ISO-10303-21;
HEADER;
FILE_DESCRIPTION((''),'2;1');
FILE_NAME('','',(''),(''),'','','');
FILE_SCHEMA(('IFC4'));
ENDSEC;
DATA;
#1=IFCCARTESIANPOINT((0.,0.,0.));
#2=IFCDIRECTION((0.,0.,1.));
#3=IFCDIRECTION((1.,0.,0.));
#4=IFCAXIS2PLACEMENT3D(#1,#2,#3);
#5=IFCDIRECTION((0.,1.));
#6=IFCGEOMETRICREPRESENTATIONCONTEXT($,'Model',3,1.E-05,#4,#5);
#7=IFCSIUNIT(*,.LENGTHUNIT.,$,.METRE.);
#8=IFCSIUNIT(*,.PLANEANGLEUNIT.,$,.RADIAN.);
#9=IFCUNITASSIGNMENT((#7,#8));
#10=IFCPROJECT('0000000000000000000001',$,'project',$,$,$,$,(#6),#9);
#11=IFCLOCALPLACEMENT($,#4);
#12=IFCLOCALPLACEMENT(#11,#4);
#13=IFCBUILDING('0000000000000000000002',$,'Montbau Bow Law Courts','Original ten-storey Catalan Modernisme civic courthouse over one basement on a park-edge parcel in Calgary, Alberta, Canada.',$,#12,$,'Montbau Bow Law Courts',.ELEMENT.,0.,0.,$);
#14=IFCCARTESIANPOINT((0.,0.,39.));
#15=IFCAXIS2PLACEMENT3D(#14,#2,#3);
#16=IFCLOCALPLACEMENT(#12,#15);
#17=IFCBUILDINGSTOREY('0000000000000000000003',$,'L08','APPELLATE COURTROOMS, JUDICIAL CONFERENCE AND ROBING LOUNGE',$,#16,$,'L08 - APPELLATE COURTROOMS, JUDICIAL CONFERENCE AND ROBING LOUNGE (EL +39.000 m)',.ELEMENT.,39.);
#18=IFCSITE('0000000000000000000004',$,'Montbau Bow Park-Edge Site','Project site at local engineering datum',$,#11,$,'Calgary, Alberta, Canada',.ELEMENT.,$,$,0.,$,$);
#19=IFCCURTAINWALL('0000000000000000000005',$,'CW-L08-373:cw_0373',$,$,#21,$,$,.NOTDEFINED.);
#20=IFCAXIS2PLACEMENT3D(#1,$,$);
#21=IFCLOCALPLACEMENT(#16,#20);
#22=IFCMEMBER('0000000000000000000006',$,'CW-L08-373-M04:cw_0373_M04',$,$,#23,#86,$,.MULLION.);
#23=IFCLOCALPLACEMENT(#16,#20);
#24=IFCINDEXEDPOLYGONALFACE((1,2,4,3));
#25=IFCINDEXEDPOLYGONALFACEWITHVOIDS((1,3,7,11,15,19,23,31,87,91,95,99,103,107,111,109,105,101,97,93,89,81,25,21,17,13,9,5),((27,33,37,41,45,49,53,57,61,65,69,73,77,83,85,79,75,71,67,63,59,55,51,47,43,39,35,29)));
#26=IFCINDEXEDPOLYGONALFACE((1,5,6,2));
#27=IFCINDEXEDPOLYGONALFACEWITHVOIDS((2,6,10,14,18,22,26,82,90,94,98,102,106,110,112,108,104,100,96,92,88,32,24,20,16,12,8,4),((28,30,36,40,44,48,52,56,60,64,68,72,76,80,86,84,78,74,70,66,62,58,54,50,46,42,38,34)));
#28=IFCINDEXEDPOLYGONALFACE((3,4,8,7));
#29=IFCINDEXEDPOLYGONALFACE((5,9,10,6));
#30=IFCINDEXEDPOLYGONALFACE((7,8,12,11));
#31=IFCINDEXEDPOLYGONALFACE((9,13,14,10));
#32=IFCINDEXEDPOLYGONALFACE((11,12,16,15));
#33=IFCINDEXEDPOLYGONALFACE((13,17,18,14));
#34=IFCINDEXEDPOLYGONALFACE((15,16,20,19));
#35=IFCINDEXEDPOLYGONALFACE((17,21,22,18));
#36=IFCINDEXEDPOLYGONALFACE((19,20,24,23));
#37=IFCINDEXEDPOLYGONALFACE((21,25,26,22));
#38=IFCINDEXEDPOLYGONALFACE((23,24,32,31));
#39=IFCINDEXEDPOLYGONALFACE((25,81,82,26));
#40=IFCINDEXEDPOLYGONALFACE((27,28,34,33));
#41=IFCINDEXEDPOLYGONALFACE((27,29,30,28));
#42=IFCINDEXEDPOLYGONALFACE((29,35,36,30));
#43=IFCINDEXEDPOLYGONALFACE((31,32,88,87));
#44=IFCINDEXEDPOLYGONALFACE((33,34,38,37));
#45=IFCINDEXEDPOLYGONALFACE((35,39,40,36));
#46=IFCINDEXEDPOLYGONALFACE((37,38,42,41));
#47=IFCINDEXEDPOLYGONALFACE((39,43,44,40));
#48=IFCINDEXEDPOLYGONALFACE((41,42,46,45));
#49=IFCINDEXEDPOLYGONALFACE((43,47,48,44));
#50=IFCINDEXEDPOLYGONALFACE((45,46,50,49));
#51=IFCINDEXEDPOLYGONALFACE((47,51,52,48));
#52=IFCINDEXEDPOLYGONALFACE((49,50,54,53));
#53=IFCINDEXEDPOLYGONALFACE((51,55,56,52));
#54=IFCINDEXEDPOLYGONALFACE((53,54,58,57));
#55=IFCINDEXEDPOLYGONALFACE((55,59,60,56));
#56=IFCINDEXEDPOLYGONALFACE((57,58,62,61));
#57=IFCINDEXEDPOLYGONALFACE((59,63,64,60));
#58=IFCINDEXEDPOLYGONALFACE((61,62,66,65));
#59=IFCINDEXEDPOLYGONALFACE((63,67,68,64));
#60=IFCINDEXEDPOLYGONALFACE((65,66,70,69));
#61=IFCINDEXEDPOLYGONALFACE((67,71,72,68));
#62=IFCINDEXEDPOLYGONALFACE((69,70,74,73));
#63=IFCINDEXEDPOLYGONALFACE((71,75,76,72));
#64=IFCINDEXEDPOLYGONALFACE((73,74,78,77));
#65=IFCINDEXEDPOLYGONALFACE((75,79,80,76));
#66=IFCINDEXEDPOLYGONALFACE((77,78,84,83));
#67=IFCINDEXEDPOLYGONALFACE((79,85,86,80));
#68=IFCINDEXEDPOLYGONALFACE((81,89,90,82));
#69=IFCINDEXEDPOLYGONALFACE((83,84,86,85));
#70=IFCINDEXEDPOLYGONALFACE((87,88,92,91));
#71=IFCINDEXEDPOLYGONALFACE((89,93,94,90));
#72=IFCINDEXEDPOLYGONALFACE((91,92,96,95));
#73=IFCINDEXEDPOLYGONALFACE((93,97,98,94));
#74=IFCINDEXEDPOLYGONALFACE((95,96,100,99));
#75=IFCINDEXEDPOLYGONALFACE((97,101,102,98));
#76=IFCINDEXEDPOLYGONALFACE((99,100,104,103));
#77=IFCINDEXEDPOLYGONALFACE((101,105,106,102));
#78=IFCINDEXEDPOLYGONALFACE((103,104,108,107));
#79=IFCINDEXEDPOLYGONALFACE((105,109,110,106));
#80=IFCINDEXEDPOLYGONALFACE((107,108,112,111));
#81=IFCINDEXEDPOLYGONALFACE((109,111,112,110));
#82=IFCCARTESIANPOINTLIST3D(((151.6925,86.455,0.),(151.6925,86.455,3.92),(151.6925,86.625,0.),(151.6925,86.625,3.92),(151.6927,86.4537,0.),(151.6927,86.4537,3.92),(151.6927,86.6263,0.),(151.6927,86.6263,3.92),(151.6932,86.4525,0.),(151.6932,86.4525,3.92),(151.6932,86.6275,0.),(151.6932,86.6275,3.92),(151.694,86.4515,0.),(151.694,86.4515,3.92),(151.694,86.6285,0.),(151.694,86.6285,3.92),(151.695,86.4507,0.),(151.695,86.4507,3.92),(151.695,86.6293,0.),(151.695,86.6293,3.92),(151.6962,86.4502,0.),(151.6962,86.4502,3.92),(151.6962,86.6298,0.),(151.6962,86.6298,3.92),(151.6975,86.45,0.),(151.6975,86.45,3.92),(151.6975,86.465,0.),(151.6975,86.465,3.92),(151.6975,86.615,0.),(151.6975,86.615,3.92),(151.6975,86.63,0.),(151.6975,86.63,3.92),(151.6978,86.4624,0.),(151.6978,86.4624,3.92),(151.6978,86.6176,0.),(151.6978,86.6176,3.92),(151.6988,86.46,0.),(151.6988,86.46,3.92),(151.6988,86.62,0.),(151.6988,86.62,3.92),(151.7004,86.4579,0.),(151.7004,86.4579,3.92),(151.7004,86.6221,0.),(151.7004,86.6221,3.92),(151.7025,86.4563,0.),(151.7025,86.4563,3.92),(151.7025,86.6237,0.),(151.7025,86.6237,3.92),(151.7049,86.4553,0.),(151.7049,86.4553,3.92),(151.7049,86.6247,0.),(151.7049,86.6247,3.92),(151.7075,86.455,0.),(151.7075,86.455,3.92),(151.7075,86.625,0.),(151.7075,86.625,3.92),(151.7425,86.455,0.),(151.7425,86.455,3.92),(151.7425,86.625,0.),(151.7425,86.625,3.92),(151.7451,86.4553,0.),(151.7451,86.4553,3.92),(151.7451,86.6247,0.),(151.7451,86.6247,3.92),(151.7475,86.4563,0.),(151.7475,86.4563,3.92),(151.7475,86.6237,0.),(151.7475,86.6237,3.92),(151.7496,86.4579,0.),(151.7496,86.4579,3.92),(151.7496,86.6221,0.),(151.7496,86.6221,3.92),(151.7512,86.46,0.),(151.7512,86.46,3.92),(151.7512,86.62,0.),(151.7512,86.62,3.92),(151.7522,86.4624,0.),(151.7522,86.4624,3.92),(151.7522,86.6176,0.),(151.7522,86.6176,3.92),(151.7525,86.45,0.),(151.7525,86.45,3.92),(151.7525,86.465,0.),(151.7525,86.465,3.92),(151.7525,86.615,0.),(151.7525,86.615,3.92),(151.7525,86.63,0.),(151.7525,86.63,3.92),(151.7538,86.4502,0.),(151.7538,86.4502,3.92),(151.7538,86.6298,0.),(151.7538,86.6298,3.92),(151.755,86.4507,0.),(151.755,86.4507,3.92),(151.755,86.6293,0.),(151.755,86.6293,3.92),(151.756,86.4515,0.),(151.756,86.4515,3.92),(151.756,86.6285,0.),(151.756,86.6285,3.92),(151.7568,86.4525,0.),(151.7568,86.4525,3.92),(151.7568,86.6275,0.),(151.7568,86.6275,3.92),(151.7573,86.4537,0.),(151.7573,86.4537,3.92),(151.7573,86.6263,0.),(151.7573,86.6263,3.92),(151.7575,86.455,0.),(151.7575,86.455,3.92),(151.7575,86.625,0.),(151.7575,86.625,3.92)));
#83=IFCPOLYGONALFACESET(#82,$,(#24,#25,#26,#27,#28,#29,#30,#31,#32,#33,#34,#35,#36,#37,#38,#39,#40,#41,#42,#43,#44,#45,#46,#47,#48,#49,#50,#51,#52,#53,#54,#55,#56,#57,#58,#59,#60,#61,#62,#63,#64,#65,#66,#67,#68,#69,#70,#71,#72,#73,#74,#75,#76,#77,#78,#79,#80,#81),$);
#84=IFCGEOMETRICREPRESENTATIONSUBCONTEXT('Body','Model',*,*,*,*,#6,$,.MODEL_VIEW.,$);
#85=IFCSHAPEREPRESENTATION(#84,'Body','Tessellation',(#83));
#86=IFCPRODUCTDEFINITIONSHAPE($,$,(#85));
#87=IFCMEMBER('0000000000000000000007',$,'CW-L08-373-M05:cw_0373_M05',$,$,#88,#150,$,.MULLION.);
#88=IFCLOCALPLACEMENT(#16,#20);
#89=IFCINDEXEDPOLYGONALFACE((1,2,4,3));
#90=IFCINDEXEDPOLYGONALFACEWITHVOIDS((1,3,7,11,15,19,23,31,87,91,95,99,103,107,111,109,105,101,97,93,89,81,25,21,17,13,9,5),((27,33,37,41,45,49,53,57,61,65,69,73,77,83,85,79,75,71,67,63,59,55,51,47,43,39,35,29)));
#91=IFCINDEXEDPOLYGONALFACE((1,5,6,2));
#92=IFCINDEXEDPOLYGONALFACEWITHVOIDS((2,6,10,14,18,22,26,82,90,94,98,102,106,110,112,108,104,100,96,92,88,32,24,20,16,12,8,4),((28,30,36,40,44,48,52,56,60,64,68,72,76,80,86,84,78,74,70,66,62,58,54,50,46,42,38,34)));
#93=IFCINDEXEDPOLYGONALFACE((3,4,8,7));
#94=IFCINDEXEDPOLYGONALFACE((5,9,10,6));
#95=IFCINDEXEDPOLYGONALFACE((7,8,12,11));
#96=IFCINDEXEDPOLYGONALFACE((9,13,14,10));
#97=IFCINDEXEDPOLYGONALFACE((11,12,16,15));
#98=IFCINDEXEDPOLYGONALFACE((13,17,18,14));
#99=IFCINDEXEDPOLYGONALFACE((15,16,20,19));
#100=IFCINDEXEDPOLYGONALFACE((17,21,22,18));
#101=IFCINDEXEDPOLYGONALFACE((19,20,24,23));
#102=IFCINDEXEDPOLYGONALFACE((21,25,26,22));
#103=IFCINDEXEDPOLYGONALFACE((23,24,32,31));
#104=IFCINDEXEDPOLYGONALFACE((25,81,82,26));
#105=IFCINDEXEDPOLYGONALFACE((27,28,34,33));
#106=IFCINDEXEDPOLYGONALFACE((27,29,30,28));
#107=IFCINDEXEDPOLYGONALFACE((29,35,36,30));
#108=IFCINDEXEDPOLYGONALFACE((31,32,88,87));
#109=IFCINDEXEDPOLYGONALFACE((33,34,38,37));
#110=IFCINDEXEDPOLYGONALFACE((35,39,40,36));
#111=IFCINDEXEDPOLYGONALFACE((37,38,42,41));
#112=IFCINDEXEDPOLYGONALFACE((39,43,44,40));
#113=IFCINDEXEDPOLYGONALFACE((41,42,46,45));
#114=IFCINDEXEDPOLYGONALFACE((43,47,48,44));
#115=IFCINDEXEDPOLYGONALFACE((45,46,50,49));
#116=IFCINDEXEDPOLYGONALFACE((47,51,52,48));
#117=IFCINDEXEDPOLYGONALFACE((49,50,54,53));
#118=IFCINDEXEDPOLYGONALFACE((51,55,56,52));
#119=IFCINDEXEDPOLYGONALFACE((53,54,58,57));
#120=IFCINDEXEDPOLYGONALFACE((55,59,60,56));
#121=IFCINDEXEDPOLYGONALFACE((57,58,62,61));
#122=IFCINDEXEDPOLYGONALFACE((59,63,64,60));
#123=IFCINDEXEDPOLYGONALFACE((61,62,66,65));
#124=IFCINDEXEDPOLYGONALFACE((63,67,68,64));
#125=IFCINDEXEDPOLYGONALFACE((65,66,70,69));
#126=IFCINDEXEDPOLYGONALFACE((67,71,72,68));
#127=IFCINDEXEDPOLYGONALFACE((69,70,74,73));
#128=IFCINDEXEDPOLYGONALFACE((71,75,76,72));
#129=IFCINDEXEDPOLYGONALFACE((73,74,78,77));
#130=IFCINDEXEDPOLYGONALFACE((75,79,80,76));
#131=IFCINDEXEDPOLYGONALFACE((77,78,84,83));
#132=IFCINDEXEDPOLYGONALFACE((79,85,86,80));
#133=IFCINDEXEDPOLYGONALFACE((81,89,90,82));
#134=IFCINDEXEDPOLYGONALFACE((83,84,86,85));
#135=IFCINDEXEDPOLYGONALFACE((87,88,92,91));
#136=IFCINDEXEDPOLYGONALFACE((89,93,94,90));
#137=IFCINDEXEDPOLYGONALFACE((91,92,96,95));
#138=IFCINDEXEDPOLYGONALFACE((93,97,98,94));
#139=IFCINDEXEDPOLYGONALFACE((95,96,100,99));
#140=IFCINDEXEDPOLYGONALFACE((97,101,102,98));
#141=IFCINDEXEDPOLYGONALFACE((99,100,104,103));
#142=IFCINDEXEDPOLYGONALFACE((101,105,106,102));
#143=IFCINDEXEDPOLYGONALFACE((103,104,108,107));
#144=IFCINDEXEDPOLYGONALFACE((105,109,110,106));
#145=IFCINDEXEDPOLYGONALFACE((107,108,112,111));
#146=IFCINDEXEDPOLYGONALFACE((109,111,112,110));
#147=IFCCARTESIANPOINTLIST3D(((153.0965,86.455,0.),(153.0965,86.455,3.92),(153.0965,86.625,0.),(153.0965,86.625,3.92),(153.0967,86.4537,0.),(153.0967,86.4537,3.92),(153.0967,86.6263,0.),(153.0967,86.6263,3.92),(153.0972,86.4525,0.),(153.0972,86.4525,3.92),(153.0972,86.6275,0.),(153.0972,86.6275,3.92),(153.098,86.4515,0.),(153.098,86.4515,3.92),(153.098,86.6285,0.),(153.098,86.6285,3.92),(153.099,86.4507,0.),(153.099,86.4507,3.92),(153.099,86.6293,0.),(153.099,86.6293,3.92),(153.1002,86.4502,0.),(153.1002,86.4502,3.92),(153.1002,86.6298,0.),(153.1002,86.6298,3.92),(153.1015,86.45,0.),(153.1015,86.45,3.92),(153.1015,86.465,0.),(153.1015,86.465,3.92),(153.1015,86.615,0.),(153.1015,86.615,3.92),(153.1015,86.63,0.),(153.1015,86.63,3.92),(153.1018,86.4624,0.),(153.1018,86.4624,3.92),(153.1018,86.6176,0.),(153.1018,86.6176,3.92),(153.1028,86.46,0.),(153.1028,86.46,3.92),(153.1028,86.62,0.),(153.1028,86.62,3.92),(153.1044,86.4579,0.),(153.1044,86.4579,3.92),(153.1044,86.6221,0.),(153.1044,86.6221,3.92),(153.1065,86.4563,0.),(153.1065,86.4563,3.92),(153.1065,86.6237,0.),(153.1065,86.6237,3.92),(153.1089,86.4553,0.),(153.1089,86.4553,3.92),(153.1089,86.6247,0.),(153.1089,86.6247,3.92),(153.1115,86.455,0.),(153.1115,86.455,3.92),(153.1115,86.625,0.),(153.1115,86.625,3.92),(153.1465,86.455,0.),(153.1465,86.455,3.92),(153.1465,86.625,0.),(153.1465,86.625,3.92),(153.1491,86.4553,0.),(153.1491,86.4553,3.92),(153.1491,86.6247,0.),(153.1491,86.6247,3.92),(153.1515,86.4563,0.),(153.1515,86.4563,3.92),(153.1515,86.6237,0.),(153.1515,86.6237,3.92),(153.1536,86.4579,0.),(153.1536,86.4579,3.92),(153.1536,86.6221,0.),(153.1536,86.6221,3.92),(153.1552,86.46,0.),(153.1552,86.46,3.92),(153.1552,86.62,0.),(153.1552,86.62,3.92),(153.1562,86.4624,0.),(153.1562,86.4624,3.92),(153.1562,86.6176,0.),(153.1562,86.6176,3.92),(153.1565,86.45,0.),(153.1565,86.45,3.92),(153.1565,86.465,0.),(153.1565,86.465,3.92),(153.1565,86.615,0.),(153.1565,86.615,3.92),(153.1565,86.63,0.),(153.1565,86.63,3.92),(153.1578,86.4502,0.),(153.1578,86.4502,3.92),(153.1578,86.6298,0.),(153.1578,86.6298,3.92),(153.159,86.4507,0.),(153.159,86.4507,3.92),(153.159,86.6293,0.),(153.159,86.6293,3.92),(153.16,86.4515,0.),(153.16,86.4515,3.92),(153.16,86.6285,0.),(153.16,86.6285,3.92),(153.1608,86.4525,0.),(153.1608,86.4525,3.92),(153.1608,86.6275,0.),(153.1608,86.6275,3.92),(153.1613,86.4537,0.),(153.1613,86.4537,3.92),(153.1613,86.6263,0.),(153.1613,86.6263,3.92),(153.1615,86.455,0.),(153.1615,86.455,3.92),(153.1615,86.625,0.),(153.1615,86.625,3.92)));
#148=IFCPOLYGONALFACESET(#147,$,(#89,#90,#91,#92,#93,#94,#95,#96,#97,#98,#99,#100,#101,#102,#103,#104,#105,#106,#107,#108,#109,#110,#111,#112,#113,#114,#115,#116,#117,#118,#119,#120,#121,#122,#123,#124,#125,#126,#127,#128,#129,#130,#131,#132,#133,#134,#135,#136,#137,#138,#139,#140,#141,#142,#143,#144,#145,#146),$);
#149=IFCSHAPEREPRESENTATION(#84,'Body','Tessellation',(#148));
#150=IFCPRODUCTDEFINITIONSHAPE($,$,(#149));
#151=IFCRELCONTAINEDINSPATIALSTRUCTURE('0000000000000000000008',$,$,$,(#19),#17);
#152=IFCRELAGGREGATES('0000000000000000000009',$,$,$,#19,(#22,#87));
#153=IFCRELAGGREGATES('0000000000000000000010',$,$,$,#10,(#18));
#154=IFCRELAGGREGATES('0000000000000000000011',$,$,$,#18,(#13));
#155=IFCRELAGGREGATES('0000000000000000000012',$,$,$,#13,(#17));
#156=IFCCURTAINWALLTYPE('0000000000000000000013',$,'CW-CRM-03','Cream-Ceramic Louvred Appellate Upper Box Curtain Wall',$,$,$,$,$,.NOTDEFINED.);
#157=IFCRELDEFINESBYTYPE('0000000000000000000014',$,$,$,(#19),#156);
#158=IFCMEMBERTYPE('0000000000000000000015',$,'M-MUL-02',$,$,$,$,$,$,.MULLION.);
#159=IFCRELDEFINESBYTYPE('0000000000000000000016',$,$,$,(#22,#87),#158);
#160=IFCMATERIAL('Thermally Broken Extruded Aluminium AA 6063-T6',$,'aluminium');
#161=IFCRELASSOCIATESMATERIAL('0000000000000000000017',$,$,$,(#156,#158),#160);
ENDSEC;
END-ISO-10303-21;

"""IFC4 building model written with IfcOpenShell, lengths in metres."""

from ifc_helpers import new_model, si_unit, direction, frame, origin_with_axes, origin_2d_with_axis, place, context, subcontext, project, spatial, hollow_rectangle, extrude, material, material_profile, profile_set, type_object, element, aggregate, save


model = new_model("IFC4")

# Units and contexts
model_context = context("Model", 3, precision=1e-05, world=origin_with_axes(), true_north=direction((0.0, 1.0)))
body_context = subcontext(model_context, "Body", "Model", "MODEL_VIEW")
ifc_project = project(units=[si_unit("LENGTHUNIT", "METRE"), si_unit("PLANEANGLEUNIT", "RADIAN")], contexts=[model_context])

# Site, building, storey
site_placement = place(None, origin_with_axes())
site = spatial("IfcSite", under=ifc_project, at=site_placement, Name="Montbau Bow Park-Edge Site", Description="Project site at local engineering datum", LongName="Calgary, Alberta, Canada", CompositionType="ELEMENT", RefElevation=0.0)
building_placement = place(site_placement, origin_with_axes())
building = spatial("IfcBuilding", under=site, at=building_placement, Name="Montbau Bow Law Courts", Description="Original ten-storey Catalan Modernisme civic courthouse over one basement on a park-edge parcel in Calgary, Alberta, Canada.", LongName="Montbau Bow Law Courts", CompositionType="ELEMENT", ElevationOfRefHeight=0.0, ElevationOfTerrain=0.0)
storey_placement = place(building_placement, frame((0.0, 0.0, 39.0), z_axis=(0.0, 0.0, 1.0), x_axis=(1.0, 0.0, 0.0)))
storey = spatial("IfcBuildingStorey", under=building, at=storey_placement, Name="L08", Description="APPELLATE COURTROOMS, JUDICIAL CONFERENCE AND ROBING LOUNGE", LongName="L08 - APPELLATE COURTROOMS, JUDICIAL CONFERENCE AND ROBING LOUNGE (EL +39.000 m)", CompositionType="ELEMENT", Elevation=39.0)

# Shared definitions
ifc_material_1 = material(Name="Thermally Broken Extruded Aluminium AA 6063-T6", Category="aluminium")
curtain_wall_type = type_object("IfcCurtainWallType", Name="CW-CRM-03", Description="Cream-Ceramic Louvred Appellate Upper Box Curtain Wall", PredefinedType="NOTDEFINED", material=ifc_material_1)

# Curtain wall, members
curtain_wall_1_placement = place(None, frame((147.515, 86.54, 39.0), z_axis=(0.0, 0.0, 1.0), x_axis=(1.0, 0.0, 0.0)))
curtain_wall_1 = element("IfcCurtainWall", 1, at=curtain_wall_1_placement, inside=storey, type_object=curtain_wall_type, Name="CW-L08-373:cw_0373", PredefinedType="NOTDEFINED")
ifc_material_profile_1 = material_profile(ifc_material_1, hollow_rectangle(XDim=0.065, YDim=0.18, WallThickness=0.005, InnerFilletRadius=0.01, OuterFilletRadius=0.005, at=origin_2d_with_axis()), Name="CWM-180X65", Category="Main", Priority=0)
ifc_profile_set_1 = profile_set([ifc_material_profile_1], Name="Thermally Broken Extruded Aluminium AA 6063-T6")
member_type_1 = type_object("IfcMemberType", Name="M-MUL-02", PredefinedType="MULLION", material=ifc_profile_set_1)
member_1_placement = place(None, frame((151.725, 86.54, 39.0), z_axis=(0.0, 0.0, 1.0), x_axis=(1.0, 0.0, 0.0)))
member_1 = element("IfcMember", 2, at=member_1_placement, type_object=member_type_1, Name="CW-L08-373-M04:cw_0373_M04", PredefinedType="MULLION", context=body_context, shape_type="SweptSolid", body=[
    extrude(hollow_rectangle(XDim=0.065, YDim=0.18, WallThickness=0.005, InnerFilletRadius=0.01, OuterFilletRadius=0.005, at=origin_2d_with_axis()), origin_with_axes(), (0.0, 0.0, 1.0), 3.92),
])
member_2_placement = place(None, frame((153.129, 86.54, 39.0), z_axis=(0.0, 0.0, 1.0), x_axis=(1.0, 0.0, 0.0)))
member_2 = element("IfcMember", 3, at=member_2_placement, type_object=member_type_1, Name="CW-L08-373-M05:cw_0373_M05", PredefinedType="MULLION", context=body_context, shape_type="SweptSolid", body=[
    extrude(hollow_rectangle(XDim=0.065, YDim=0.18, WallThickness=0.005, InnerFilletRadius=0.01, OuterFilletRadius=0.005, at=origin_2d_with_axis()), origin_with_axes(), (0.0, 0.0, 1.0), 3.92),
])
aggregate(curtain_wall_1, [member_1, member_2])

save(model, "model.ifc")
